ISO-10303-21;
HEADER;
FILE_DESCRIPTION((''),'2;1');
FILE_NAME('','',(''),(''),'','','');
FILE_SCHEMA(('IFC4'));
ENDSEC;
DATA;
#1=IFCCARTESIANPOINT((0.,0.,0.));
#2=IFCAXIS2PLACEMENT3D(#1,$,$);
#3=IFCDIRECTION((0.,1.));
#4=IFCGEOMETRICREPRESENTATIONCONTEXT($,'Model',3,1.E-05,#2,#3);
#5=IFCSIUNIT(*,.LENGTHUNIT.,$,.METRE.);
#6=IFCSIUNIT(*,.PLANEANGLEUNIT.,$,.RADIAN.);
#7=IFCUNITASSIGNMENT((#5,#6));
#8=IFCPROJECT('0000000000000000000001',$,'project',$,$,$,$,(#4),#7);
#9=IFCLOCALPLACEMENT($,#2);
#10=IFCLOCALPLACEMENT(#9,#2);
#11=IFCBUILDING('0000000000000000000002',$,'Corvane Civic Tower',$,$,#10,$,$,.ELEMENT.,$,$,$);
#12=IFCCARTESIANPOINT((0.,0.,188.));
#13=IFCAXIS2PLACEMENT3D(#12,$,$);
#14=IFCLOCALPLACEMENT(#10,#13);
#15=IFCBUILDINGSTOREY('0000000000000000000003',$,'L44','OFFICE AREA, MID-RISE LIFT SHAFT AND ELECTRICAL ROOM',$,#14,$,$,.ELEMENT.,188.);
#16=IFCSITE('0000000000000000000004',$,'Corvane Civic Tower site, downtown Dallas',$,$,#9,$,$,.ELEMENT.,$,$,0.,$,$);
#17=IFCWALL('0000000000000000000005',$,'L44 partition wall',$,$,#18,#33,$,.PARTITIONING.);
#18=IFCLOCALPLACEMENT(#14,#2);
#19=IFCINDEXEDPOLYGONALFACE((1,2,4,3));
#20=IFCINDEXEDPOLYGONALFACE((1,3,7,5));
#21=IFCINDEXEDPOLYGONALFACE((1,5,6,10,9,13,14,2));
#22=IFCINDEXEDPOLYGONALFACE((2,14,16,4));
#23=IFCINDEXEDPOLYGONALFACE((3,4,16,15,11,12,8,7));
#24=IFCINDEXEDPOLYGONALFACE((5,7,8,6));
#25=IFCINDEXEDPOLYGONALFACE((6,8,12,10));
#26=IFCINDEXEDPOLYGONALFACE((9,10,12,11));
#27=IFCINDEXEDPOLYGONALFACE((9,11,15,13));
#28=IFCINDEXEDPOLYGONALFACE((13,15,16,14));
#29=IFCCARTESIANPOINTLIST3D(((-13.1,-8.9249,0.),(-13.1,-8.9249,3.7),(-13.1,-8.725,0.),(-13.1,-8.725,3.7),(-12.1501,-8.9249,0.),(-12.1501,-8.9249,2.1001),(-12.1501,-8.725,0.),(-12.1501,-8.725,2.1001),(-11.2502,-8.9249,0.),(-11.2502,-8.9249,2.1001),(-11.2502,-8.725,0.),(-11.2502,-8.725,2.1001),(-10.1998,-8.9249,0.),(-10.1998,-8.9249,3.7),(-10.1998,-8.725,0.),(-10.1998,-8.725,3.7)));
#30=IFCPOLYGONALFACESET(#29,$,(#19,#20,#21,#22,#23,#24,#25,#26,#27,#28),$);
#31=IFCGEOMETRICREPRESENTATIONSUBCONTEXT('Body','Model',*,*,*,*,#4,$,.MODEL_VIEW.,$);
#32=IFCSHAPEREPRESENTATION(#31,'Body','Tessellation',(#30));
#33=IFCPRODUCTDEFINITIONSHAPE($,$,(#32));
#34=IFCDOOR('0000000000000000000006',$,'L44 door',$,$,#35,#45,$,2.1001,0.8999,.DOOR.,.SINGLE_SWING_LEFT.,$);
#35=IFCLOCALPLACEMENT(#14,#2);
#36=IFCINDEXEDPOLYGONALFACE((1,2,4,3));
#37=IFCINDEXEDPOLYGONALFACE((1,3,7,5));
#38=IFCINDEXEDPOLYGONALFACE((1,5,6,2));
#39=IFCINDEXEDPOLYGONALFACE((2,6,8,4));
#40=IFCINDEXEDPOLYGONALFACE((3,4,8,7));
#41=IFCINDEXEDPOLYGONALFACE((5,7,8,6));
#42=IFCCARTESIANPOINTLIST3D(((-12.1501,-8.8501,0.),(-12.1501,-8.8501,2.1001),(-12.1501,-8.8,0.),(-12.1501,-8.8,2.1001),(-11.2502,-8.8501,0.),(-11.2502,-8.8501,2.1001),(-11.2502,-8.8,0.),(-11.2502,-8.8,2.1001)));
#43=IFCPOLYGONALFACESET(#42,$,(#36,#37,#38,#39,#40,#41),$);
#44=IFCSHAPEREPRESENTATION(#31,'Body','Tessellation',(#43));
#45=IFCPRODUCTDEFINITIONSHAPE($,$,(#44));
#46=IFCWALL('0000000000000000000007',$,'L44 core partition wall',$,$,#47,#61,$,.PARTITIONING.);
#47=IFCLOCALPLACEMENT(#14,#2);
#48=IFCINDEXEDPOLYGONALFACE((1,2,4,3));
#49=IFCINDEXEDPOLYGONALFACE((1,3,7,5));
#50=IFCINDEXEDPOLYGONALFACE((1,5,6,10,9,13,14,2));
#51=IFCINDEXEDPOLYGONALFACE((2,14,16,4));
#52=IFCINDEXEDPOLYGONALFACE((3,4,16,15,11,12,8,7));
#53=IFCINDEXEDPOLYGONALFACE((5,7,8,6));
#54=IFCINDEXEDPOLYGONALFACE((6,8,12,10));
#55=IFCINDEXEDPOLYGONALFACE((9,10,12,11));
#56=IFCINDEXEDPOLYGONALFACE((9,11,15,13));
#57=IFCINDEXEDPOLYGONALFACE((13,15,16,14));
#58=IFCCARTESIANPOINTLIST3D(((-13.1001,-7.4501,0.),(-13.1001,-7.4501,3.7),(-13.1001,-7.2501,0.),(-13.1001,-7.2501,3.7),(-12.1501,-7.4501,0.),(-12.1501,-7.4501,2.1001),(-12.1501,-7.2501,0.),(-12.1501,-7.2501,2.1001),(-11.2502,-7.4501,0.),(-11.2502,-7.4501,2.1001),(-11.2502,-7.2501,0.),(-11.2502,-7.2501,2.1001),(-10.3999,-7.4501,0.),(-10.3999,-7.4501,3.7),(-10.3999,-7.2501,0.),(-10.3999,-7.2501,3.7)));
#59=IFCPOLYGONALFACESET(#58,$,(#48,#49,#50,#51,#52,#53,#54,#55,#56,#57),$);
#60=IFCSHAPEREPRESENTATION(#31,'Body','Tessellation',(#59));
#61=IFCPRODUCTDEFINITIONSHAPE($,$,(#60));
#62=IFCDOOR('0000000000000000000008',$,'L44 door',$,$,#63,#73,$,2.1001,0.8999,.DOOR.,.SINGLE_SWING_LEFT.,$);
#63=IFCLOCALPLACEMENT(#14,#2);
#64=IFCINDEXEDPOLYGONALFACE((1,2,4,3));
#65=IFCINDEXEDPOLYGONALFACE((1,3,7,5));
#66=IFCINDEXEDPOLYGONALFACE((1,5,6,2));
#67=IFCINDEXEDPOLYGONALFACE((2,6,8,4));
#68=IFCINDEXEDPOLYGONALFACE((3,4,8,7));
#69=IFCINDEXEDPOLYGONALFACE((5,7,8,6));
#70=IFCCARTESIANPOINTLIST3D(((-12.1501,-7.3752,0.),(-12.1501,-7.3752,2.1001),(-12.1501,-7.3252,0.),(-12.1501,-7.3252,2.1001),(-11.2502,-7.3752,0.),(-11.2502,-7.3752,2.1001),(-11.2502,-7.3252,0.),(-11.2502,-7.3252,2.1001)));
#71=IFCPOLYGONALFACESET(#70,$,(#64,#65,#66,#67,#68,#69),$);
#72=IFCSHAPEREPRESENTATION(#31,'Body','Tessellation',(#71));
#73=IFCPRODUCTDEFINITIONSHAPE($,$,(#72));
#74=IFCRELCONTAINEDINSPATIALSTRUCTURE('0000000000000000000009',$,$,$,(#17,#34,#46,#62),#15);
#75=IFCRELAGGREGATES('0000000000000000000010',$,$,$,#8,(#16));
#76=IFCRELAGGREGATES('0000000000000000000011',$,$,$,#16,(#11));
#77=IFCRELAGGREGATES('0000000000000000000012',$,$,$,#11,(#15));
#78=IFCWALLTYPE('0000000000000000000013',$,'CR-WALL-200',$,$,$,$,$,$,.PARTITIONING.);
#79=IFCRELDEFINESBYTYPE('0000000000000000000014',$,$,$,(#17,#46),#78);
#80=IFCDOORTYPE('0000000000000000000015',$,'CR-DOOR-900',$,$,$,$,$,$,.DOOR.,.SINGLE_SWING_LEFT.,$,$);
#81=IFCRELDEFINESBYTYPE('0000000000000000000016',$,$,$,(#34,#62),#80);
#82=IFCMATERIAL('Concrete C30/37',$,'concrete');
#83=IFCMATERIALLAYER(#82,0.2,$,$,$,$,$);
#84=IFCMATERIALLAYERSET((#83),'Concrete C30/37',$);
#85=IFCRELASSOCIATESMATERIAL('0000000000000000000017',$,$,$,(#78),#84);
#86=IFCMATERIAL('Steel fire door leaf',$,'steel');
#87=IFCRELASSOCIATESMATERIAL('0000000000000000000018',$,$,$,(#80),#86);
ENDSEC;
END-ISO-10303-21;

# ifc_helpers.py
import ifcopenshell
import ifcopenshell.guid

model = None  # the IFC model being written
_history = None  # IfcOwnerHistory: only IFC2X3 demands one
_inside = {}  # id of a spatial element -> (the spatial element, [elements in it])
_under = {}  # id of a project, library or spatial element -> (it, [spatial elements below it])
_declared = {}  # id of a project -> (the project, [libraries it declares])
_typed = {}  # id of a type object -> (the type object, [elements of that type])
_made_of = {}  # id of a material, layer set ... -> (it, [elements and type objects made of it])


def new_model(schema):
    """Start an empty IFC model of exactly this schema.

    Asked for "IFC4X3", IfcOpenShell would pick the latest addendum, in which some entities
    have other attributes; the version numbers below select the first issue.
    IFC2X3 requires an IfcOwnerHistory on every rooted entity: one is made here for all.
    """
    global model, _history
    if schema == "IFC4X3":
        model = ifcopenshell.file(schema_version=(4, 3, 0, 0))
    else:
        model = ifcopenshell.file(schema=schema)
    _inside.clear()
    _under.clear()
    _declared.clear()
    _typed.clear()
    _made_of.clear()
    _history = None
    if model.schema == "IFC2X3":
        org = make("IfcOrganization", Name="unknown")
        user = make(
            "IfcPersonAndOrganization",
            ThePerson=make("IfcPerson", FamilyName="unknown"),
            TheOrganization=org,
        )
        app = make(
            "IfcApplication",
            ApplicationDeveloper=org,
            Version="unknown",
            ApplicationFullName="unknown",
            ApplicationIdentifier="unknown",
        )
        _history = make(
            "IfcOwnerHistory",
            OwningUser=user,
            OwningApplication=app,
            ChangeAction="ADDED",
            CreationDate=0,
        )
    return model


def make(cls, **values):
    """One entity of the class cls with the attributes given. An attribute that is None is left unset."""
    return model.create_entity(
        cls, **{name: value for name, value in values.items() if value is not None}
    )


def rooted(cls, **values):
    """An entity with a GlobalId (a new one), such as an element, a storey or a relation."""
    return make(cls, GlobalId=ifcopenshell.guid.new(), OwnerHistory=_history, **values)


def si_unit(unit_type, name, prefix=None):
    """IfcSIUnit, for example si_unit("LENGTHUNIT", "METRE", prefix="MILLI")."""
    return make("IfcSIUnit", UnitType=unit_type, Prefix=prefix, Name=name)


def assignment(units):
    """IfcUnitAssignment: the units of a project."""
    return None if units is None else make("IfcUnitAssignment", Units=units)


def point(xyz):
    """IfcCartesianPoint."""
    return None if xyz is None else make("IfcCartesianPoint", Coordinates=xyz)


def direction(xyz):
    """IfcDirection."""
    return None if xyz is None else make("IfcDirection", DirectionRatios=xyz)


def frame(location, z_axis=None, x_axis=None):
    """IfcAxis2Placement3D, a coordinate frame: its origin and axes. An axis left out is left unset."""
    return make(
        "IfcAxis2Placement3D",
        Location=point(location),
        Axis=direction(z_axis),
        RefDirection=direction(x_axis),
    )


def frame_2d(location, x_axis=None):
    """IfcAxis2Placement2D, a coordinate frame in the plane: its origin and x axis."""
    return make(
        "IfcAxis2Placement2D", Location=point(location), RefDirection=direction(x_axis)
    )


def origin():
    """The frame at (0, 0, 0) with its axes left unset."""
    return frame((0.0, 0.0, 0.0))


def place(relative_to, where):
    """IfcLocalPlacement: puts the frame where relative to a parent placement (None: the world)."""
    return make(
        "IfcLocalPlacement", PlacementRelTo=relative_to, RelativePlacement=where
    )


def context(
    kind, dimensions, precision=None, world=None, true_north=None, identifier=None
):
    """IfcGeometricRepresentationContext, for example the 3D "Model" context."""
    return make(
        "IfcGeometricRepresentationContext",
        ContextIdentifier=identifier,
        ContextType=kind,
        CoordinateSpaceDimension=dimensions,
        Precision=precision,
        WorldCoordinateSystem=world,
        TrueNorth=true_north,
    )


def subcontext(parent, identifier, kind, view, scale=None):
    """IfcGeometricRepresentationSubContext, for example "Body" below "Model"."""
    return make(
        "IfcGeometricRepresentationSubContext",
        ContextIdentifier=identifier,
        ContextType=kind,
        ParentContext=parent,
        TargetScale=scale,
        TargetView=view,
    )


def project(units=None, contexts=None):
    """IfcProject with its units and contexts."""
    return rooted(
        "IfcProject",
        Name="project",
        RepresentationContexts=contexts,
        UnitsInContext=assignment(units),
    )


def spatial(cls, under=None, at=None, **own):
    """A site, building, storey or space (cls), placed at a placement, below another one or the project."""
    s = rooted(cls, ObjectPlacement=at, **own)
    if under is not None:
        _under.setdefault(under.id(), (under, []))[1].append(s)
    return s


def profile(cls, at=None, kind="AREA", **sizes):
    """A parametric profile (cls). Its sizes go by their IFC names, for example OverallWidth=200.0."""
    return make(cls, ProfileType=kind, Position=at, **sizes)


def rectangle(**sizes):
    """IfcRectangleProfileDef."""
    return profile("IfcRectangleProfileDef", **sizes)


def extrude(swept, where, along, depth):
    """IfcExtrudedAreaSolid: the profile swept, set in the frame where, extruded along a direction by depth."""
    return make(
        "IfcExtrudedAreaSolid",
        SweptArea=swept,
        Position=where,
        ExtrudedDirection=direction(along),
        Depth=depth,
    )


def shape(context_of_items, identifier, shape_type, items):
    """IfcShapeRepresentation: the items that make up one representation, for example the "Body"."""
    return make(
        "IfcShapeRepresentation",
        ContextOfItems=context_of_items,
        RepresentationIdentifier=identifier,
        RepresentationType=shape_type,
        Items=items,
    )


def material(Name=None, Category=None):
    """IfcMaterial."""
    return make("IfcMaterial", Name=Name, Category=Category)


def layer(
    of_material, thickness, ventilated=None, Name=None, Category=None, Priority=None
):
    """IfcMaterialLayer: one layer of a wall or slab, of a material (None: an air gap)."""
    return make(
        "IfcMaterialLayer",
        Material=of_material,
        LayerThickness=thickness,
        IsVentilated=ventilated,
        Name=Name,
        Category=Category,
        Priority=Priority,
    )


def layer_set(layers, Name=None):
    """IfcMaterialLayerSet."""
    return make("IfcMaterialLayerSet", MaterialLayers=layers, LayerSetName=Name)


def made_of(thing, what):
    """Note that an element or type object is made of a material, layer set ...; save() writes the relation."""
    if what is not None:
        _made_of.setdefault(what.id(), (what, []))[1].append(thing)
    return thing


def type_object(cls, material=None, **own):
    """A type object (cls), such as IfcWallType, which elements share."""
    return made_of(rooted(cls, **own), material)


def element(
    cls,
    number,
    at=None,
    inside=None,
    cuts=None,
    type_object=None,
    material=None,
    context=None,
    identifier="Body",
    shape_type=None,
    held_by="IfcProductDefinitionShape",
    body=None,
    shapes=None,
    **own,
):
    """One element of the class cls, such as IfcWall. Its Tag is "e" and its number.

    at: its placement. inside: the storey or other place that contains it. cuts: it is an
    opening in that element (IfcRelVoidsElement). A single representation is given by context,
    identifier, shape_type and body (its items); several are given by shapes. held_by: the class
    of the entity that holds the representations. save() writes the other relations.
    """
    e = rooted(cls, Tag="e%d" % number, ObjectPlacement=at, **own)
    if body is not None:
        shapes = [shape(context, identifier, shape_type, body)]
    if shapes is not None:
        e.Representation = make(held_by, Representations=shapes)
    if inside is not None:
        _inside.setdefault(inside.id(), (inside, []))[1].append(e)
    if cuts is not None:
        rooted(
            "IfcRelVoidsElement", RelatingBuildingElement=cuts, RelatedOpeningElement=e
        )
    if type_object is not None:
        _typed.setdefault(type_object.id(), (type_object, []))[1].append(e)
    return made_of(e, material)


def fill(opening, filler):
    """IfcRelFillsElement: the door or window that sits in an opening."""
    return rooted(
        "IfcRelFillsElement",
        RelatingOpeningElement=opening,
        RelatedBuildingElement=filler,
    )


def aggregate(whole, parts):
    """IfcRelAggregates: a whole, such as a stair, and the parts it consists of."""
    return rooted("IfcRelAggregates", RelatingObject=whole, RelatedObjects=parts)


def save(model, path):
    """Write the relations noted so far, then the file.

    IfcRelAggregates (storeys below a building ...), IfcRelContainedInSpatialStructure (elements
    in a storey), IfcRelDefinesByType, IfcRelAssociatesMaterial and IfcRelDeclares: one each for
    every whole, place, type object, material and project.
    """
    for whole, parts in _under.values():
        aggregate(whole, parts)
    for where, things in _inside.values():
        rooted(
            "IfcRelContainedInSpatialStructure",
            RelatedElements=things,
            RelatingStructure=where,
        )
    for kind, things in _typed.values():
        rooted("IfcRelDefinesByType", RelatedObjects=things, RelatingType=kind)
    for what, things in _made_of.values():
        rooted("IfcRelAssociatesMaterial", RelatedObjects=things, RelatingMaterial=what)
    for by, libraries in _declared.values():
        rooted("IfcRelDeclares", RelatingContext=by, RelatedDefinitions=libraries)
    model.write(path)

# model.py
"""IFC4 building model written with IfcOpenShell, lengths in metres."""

from ifc_helpers import new_model, si_unit, direction, frame, frame_2d, origin, place, context, subcontext, project, spatial, rectangle, extrude, material, layer, layer_set, type_object, element, fill, save


model = new_model("IFC4")

# Units and contexts
model_context = context("Model", 3, precision=1e-05, world=origin(), true_north=direction((0.0, 1.0)))
body_context = subcontext(model_context, "Body", "Model", "MODEL_VIEW")
ifc_project = project(units=[si_unit("LENGTHUNIT", "METRE"), si_unit("PLANEANGLEUNIT", "RADIAN")], contexts=[model_context])

# Site, building, storey
site_placement = place(None, origin())
site = spatial("IfcSite", under=ifc_project, at=site_placement, Name="Corvane Civic Tower site, downtown Dallas", CompositionType="ELEMENT", RefElevation=0.0)
building_placement = place(site_placement, origin())
building = spatial("IfcBuilding", under=site, at=building_placement, Name="Corvane Civic Tower", CompositionType="ELEMENT")
storey_placement = place(building_placement, frame((0.0, 0.0, 188.0)))
storey = spatial("IfcBuildingStorey", under=building, at=storey_placement, Name="L44", Description="OFFICE AREA, MID-RISE LIFT SHAFT AND ELECTRICAL ROOM", CompositionType="ELEMENT", Elevation=188.0)

# Walls, openings, doors
ifc_material_1 = material(Name="Concrete C30/37", Category="concrete")
ifc_layer_1 = layer(ifc_material_1, 0.2)
ifc_layer_set_1 = layer_set([ifc_layer_1], Name="Concrete C30/37")
wall_type_1 = type_object("IfcWallType", Name="CR-WALL-200", PredefinedType="PARTITIONING", material=ifc_layer_set_1)
wall_1_placement = place(storey_placement, frame((-13.1001, -8.825, 0.0), z_axis=(0.0, 0.0, 1.0), x_axis=(1.0, 0.0, 0.0)))
wall_1 = element("IfcWall", 1, at=wall_1_placement, inside=storey, type_object=wall_type_1, Name="L44 partition wall", PredefinedType="PARTITIONING", context=body_context, shape_type="SweptSolid", body=[
    extrude(rectangle(XDim=2.9001, YDim=0.2, at=frame_2d((1.4502, 0.0))), origin(), (0.0, 0.0, 1.0), 3.7),
])
opening_1_placement = place(wall_1_placement, frame((0.95, 0.0, 0.0)))
opening_1 = element("IfcOpeningElement", 2, at=opening_1_placement, cuts=wall_1, PredefinedType="OPENING", context=body_context, shape_type="SweptSolid", body=[
    extrude(rectangle(XDim=0.8999, YDim=2.1001, at=frame_2d((0.45, 1.05))), frame((0.0, 0.1099, 0.0), z_axis=(0.0, -1.0, 0.0), x_axis=(1.0, 0.0, 0.0)), (0.0, 0.0, 1.0), 0.22),
])
ifc_material_2 = material(Name="Steel fire door leaf", Category="steel")
door_type_1 = type_object("IfcDoorType", Name="CR-DOOR-900", OperationType="SINGLE_SWING_LEFT", PredefinedType="DOOR", material=ifc_material_2)
door_1_placement = place(opening_1_placement, origin())
door_1 = element("IfcDoor", 3, at=door_1_placement, inside=storey, type_object=door_type_1, Name="L44 door", OperationType="SINGLE_SWING_LEFT", OverallHeight=2.1001, OverallWidth=0.8999, PredefinedType="DOOR", context=body_context, shape_type="SweptSolid", body=[
    extrude(rectangle(XDim=0.8999, YDim=2.1001, at=frame_2d((0.45, 1.05))), frame((0.0, 0.0249, 0.0), z_axis=(0.0, -1.0, 0.0), x_axis=(1.0, 0.0, 0.0)), (0.0, 0.0, 1.0), 0.05),
])
fill(opening_1, door_1)
wall_2_placement = place(storey_placement, frame((-13.1001, -7.3501, 0.0), z_axis=(0.0, 0.0, 1.0), x_axis=(1.0, 0.0, 0.0)))
wall_2 = element("IfcWall", 4, at=wall_2_placement, inside=storey, type_object=wall_type_1, Name="L44 core partition wall", PredefinedType="PARTITIONING", context=body_context, shape_type="SweptSolid", body=[
    extrude(rectangle(XDim=2.7002, YDim=0.2, at=frame_2d((1.3501, 0.0))), origin(), (0.0, 0.0, 1.0), 3.7),
])
opening_2_placement = place(wall_2_placement, frame((0.95, 0.0, 0.0)))
opening_2 = element("IfcOpeningElement", 5, at=opening_2_placement, cuts=wall_2, PredefinedType="OPENING", context=body_context, shape_type="SweptSolid", body=[
    extrude(rectangle(XDim=0.8999, YDim=2.1001, at=frame_2d((0.45, 1.05))), frame((0.0, 0.1099, 0.0), z_axis=(0.0, -1.0, 0.0), x_axis=(1.0, 0.0, 0.0)), (0.0, 0.0, 1.0), 0.22),
])
door_2_placement = place(opening_2_placement, origin())
door_2 = element("IfcDoor", 6, at=door_2_placement, inside=storey, type_object=door_type_1, Name="L44 door", OperationType="SINGLE_SWING_LEFT", OverallHeight=2.1001, OverallWidth=0.8999, PredefinedType="DOOR", context=body_context, shape_type="SweptSolid", body=[
    extrude(rectangle(XDim=0.8999, YDim=2.1001, at=frame_2d((0.45, 1.05))), frame((0.0, 0.0249, 0.0), z_axis=(0.0, -1.0, 0.0), x_axis=(1.0, 0.0, 0.0)), (0.0, 0.0, 1.0), 0.05),
])
fill(opening_2, door_2)

save(model, "model.ifc")
